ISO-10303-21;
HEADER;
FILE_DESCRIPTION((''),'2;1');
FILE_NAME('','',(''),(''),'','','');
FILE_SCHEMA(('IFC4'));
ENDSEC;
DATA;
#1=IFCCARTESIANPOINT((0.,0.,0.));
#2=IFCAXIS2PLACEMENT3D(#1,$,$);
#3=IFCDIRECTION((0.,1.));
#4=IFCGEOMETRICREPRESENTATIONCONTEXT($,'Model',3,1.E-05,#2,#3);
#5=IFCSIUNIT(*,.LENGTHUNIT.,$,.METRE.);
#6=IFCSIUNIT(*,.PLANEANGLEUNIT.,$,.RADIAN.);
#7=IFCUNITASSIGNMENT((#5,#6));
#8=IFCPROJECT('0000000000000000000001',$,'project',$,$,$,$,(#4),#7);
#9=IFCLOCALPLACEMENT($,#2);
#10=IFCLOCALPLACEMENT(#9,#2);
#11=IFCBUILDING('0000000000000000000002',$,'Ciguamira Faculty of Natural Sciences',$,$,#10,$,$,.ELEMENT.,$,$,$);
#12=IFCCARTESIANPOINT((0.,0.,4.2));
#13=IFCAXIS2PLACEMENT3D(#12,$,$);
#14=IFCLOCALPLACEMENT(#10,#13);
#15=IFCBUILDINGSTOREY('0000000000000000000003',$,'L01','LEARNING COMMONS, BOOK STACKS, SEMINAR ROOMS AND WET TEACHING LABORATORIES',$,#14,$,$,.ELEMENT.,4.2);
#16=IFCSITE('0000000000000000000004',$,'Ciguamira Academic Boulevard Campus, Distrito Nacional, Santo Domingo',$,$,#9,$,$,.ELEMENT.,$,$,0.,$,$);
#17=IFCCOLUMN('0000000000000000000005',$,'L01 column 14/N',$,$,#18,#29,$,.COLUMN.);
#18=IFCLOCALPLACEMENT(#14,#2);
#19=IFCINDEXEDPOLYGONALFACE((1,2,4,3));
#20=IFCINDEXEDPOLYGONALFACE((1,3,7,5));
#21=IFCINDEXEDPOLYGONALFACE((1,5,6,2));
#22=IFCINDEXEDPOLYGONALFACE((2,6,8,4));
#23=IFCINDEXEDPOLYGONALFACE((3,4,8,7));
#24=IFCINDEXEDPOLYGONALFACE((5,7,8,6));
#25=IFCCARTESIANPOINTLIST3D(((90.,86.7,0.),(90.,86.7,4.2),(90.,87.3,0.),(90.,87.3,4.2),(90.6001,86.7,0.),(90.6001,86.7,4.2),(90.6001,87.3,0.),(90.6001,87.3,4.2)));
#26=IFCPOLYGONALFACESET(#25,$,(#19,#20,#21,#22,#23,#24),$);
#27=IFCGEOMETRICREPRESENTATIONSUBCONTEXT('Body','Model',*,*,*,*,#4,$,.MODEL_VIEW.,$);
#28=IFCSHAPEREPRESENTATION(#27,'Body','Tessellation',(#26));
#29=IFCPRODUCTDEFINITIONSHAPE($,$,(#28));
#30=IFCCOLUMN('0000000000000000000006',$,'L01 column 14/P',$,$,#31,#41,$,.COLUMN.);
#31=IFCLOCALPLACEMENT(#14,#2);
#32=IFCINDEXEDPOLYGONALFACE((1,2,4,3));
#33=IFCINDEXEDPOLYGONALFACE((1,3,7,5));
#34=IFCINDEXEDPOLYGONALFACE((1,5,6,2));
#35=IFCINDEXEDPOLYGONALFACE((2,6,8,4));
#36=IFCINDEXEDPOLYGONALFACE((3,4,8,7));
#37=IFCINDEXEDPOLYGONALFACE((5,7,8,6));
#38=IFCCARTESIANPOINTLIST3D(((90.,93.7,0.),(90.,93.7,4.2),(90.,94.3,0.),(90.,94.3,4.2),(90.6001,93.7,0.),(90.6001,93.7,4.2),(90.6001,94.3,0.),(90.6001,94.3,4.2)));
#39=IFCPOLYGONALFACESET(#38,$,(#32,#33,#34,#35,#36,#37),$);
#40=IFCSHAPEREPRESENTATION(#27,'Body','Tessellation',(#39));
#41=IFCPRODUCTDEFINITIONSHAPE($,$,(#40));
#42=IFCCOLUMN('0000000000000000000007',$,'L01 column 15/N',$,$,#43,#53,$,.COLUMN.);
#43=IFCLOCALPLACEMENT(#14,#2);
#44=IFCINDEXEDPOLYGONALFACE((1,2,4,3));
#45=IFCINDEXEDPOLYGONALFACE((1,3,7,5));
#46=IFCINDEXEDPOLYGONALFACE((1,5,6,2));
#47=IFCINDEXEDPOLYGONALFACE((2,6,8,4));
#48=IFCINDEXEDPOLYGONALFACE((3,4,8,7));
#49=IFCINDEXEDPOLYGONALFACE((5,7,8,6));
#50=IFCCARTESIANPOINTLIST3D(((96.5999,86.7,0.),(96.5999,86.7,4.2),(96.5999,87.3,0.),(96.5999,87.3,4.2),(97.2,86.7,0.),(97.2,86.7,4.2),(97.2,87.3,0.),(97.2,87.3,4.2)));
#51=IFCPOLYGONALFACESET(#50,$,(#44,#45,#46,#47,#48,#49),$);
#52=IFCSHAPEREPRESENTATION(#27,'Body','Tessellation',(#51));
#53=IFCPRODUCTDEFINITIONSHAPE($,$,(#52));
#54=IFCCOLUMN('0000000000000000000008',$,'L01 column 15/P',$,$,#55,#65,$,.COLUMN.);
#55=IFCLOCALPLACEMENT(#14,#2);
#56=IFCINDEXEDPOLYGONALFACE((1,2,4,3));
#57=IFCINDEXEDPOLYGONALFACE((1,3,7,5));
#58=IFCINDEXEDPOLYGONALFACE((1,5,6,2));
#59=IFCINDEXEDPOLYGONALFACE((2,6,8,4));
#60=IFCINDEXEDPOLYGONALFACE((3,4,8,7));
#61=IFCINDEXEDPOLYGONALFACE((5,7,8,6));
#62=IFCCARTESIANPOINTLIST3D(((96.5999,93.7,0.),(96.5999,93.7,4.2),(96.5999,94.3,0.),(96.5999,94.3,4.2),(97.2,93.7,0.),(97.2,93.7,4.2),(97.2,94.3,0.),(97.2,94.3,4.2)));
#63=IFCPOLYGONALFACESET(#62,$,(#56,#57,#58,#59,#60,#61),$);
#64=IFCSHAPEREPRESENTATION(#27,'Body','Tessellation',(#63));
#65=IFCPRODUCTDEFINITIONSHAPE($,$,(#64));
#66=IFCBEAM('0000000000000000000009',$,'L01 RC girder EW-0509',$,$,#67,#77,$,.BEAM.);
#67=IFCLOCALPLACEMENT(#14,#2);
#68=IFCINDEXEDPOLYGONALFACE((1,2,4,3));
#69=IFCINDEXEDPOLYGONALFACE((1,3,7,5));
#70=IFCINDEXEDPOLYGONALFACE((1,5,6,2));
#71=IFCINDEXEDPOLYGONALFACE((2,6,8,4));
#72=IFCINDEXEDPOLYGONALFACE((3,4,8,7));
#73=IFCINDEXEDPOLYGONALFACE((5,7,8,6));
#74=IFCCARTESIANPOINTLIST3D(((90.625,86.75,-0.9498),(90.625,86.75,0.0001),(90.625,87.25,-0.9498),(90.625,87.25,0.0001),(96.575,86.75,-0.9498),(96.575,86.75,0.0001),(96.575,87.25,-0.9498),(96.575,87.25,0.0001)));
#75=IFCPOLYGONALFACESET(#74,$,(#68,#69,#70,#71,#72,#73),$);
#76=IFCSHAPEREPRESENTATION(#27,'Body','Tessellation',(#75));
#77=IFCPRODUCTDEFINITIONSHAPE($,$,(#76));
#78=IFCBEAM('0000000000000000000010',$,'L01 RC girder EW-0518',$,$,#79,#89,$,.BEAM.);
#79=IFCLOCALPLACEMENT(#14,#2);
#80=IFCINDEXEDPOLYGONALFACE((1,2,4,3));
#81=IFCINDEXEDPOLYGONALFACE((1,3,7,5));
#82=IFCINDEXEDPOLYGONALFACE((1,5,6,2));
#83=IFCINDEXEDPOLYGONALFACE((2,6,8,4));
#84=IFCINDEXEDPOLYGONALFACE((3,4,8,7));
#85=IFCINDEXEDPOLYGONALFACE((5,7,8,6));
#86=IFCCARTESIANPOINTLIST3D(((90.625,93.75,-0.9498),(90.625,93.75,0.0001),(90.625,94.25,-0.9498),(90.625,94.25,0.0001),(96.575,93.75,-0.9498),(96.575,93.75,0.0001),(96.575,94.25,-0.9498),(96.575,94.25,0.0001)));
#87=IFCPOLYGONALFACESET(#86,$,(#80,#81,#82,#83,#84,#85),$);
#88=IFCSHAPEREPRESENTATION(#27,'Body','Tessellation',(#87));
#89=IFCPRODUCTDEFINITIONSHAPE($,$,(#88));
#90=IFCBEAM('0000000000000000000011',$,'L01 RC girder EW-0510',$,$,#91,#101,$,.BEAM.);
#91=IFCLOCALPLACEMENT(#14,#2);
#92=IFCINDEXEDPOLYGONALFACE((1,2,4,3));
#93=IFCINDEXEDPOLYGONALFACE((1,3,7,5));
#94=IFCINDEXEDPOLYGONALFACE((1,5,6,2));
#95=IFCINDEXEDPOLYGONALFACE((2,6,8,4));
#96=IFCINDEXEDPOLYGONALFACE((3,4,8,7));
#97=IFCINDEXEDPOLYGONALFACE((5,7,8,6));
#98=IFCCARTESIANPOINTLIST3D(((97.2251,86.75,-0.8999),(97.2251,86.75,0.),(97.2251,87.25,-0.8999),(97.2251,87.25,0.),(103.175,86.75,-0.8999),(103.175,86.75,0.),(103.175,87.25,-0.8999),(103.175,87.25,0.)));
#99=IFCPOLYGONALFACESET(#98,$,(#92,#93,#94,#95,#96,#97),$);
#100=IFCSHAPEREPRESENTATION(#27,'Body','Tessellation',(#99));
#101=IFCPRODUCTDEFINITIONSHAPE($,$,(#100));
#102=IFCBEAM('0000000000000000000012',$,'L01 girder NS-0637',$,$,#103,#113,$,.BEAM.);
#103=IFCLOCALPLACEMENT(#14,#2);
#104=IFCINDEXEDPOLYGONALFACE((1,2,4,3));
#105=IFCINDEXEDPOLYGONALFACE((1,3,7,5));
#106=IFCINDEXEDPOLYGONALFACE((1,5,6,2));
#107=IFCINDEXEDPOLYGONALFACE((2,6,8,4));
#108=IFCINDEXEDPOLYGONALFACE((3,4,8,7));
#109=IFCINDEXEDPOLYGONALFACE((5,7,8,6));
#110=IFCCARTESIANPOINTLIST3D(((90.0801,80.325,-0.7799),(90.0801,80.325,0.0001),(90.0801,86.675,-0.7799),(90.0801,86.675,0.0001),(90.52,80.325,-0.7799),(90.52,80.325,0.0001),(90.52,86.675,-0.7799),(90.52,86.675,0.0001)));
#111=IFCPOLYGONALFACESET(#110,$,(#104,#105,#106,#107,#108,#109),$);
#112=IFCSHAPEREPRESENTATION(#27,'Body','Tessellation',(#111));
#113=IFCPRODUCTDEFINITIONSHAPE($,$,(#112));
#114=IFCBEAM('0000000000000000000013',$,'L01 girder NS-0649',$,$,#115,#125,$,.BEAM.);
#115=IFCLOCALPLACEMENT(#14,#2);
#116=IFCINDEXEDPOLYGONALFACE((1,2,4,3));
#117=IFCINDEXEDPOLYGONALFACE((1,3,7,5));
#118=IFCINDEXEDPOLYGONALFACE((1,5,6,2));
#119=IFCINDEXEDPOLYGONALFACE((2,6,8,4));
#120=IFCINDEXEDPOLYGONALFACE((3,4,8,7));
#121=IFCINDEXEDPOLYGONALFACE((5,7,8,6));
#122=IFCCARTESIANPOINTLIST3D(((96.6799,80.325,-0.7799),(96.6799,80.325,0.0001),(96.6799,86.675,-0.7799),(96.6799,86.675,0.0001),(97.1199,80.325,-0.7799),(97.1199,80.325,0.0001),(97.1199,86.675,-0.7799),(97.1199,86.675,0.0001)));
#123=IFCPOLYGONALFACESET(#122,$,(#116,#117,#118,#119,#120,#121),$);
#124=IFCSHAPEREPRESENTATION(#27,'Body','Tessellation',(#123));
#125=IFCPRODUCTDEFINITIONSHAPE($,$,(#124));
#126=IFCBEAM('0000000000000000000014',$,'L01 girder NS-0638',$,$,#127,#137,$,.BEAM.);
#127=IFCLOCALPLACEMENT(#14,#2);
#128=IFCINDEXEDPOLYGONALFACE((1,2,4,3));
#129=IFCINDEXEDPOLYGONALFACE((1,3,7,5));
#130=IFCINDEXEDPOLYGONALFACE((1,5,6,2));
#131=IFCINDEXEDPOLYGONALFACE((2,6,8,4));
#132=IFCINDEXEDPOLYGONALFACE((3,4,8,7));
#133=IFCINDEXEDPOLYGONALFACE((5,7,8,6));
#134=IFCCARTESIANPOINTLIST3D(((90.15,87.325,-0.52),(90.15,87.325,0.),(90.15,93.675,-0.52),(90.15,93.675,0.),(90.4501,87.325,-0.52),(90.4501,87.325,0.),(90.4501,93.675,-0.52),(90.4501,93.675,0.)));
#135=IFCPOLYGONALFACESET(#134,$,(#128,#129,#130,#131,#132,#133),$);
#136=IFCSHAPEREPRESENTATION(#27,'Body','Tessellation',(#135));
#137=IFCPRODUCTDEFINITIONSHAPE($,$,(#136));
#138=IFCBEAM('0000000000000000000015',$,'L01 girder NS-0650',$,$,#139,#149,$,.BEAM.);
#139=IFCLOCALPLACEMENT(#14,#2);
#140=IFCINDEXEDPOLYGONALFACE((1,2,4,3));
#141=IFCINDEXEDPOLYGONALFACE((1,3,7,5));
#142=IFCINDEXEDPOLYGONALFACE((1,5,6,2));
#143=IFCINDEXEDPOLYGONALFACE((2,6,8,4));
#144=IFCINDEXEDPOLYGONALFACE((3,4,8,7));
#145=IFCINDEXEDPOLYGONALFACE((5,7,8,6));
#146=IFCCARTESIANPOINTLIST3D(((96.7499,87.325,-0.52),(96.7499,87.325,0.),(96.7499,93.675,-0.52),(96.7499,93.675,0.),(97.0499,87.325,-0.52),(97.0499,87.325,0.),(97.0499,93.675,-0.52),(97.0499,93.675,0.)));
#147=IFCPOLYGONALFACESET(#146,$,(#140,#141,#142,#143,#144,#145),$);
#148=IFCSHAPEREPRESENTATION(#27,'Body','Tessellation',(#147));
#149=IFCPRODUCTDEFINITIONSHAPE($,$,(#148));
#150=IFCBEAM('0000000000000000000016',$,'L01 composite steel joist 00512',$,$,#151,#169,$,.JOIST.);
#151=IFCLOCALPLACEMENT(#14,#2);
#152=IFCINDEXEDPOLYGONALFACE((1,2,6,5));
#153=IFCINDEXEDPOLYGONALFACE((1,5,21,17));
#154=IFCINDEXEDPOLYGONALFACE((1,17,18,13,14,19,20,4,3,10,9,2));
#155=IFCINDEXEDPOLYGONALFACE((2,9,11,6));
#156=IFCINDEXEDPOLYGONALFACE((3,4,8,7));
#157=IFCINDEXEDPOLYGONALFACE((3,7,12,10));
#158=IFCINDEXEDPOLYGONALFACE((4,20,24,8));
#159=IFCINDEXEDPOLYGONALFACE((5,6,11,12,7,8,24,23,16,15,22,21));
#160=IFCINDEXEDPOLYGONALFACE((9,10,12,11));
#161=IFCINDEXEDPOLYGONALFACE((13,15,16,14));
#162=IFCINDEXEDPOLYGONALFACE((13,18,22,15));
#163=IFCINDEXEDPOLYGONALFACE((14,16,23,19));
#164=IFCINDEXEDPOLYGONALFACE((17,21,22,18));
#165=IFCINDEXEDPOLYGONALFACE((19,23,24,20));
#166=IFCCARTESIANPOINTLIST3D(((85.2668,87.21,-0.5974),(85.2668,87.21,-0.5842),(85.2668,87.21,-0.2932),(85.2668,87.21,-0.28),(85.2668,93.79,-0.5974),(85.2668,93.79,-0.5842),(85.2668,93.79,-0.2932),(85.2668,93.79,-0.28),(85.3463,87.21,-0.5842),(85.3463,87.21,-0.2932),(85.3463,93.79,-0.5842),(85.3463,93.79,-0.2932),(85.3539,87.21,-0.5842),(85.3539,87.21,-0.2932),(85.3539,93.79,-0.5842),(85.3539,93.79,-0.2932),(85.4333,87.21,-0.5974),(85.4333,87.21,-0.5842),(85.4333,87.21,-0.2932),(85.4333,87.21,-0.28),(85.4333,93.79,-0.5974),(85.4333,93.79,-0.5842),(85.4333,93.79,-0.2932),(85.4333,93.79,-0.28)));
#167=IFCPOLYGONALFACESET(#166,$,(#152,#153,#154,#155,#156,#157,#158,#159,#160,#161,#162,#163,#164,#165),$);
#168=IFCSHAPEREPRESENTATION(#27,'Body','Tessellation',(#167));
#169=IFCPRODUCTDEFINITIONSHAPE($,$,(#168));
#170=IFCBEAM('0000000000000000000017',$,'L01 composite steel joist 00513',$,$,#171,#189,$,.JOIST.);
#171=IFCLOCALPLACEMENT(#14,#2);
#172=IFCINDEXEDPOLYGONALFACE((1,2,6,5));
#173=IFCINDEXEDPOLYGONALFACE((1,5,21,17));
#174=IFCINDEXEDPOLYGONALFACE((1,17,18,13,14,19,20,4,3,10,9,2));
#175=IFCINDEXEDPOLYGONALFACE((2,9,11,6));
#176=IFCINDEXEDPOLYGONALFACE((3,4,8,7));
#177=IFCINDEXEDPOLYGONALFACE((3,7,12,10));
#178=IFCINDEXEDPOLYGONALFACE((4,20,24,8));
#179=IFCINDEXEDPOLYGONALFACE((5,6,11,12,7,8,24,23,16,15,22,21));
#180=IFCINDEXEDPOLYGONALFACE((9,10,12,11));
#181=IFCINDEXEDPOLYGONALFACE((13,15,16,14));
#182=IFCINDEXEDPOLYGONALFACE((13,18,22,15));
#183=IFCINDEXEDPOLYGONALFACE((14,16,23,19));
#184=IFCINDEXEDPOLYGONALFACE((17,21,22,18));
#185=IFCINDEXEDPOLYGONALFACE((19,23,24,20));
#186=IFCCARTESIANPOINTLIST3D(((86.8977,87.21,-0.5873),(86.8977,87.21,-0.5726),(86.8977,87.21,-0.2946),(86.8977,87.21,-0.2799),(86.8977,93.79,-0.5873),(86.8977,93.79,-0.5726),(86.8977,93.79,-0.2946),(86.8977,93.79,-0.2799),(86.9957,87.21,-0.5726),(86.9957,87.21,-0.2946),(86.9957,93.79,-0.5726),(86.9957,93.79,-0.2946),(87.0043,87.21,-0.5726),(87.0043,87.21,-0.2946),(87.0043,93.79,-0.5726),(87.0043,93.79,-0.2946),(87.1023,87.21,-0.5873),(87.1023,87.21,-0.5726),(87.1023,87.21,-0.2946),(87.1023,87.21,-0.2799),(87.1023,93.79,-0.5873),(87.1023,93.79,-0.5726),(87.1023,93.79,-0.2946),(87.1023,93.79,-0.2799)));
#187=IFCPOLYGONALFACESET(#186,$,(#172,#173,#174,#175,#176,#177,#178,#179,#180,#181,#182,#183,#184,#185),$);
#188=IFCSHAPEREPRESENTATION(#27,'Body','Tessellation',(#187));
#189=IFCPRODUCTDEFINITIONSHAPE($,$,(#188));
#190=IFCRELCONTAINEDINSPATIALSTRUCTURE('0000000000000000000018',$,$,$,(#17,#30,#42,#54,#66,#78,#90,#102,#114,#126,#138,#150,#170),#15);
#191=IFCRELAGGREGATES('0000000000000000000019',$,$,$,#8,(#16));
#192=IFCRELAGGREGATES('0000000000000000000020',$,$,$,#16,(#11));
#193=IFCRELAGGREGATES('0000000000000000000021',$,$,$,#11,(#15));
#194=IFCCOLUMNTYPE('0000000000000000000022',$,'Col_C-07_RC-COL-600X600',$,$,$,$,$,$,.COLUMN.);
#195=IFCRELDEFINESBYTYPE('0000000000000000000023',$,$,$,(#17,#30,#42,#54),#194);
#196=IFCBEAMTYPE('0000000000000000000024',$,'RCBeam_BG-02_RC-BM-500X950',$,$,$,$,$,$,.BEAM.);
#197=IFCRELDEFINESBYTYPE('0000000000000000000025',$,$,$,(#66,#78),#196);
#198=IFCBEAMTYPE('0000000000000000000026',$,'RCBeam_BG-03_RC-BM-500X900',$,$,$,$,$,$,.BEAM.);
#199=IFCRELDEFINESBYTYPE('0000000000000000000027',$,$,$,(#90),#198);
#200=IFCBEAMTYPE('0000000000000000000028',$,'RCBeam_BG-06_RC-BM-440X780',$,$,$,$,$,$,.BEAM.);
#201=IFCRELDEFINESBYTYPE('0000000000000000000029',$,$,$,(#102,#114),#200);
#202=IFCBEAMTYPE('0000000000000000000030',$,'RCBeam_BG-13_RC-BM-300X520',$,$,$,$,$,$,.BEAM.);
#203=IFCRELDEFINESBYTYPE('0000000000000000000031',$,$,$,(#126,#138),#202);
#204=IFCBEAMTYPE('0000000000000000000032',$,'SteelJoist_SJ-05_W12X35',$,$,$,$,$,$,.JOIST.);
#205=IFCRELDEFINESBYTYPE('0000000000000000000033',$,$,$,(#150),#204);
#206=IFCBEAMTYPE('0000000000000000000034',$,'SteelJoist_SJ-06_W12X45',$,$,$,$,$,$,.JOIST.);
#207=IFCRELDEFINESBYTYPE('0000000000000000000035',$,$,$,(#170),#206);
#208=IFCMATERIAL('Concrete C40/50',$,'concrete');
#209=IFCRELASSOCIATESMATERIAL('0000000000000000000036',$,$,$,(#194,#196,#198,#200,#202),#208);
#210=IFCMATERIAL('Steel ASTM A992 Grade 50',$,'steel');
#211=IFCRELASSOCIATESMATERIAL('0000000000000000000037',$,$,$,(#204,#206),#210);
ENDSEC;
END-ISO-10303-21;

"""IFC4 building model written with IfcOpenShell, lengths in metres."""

from ifc_helpers import new_model, si_unit, direction, frame, origin, origin_2d, place, context, subcontext, project, spatial, rectangle, i_section, extrude, material, material_profile, profile_set, type_object, element, save


model = new_model("IFC4")

# Units and contexts
model_context = context("Model", 3, precision=1e-05, world=origin(), true_north=direction((0.0, 1.0)))
body_context = subcontext(model_context, "Body", "Model", "MODEL_VIEW")
ifc_project = project(units=[si_unit("LENGTHUNIT", "METRE"), si_unit("PLANEANGLEUNIT", "RADIAN")], contexts=[model_context])

# Site, building, storey
site_placement = place(None, origin())
site = spatial("IfcSite", under=ifc_project, at=site_placement, Name="Ciguamira Academic Boulevard Campus, Distrito Nacional, Santo Domingo", CompositionType="ELEMENT", RefElevation=0.0)
building_placement = place(site_placement, origin())
building = spatial("IfcBuilding", under=site, at=building_placement, Name="Ciguamira Faculty of Natural Sciences", CompositionType="ELEMENT")
storey_placement = place(building_placement, frame((0.0, 0.0, 4.2)))
storey = spatial("IfcBuildingStorey", under=building, at=storey_placement, Name="L01", Description="LEARNING COMMONS, BOOK STACKS, SEMINAR ROOMS AND WET TEACHING LABORATORIES", CompositionType="ELEMENT", Elevation=4.2)

# Columns
ifc_material_1 = material(Name="Concrete C40/50", Category="concrete")
ifc_material_profile_1 = material_profile(ifc_material_1, rectangle(XDim=0.6001, YDim=0.6001, at=origin_2d()), Name="RC-COL-600X600")
ifc_profile_set_1 = profile_set([ifc_material_profile_1], Name="Concrete C40/50")
column_type = type_object("IfcColumnType", Name="Col_C-07_RC-COL-600X600", PredefinedType="COLUMN", material=ifc_profile_set_1)
for number, where, z_axis, x_axis, name in (
    (1, (90.3, 87.0, 0.0), (0.0, 0.0, 1.0), (1.0, 0.0, 0.0), "L01 column 14/N"),
    (2, (90.3, 94.0, 0.0), (0.0, 0.0, 1.0), (1.0, 0.0, 0.0), "L01 column 14/P"),
    (3, (96.8999, 87.0, 0.0), (0.0, 0.0, 1.0), (1.0, 0.0, 0.0), "L01 column 15/N"),
    (4, (96.8999, 94.0, 0.0), (0.0, 0.0, 1.0), (1.0, 0.0, 0.0), "L01 column 15/P"),
):
    element("IfcColumn", number, at=place(storey_placement, frame(where, z_axis=z_axis, x_axis=x_axis)), inside=storey, type_object=column_type, Name=name, PredefinedType="COLUMN", context=body_context, shape_type="SweptSolid", body=[
        extrude(rectangle(XDim=0.6001, YDim=0.6001, at=origin_2d()), origin(), (0.0, 0.0, 1.0), 4.2),
    ])

# Beams
ifc_material_profile_2 = material_profile(ifc_material_1, rectangle(XDim=0.5, YDim=0.95, at=origin_2d()), Name="RC-BM-500X950")
ifc_profile_set_2 = profile_set([ifc_material_profile_2], Name="Concrete C40/50")
beam_type_1 = type_object("IfcBeamType", Name="RCBeam_BG-02_RC-BM-500X950", PredefinedType="BEAM", material=ifc_profile_set_2)
for number, where, z_axis, x_axis, name in (
    (5, (90.625, 87.0, -0.4749), (1.0, 0.0, 0.0), (0.0, 1.0, 0.0), "L01 RC girder EW-0509"),
    (6, (90.625, 94.0, -0.4749), (1.0, 0.0, 0.0), (0.0, 1.0, 0.0), "L01 RC girder EW-0518"),
):
    element("IfcBeam", number, at=place(storey_placement, frame(where, z_axis=z_axis, x_axis=x_axis)), inside=storey, type_object=beam_type_1, Name=name, PredefinedType="BEAM", context=body_context, shape_type="SweptSolid", body=[
        extrude(rectangle(XDim=0.5, YDim=0.95, at=origin_2d()), origin(), (0.0, 0.0, 1.0), 5.95),
    ])
ifc_material_profile_3 = material_profile(ifc_material_1, rectangle(XDim=0.5, YDim=0.8999, at=origin_2d()), Name="RC-BM-500X900")
ifc_profile_set_3 = profile_set([ifc_material_profile_3], Name="Concrete C40/50")
beam_type_2 = type_object("IfcBeamType", Name="RCBeam_BG-03_RC-BM-500X900", PredefinedType="BEAM", material=ifc_profile_set_3)
beam_1_placement = place(storey_placement, frame((97.2251, 87.0, -0.45), z_axis=(1.0, 0.0, 0.0), x_axis=(0.0, 1.0, 0.0)))
element("IfcBeam", 7, at=beam_1_placement, inside=storey, type_object=beam_type_2, Name="L01 RC girder EW-0510", PredefinedType="BEAM", context=body_context, shape_type="SweptSolid", body=[
    extrude(rectangle(XDim=0.5, YDim=0.8999, at=origin_2d()), origin(), (0.0, 0.0, 1.0), 5.95),
])
ifc_material_profile_4 = material_profile(ifc_material_1, rectangle(XDim=0.4399, YDim=0.78, at=origin_2d()), Name="RC-BM-440X780")
ifc_profile_set_4 = profile_set([ifc_material_profile_4], Name="Concrete C40/50")
beam_type_3 = type_object("IfcBeamType", Name="RCBeam_BG-06_RC-BM-440X780", PredefinedType="BEAM", material=ifc_profile_set_4)
for number, where, z_axis, x_axis, name in (
    (8, (90.3, 80.325, -0.3899), (0.0, 1.0, 0.0), (-1.0, 0.0, 0.0), "L01 girder NS-0637"),
    (9, (96.8999, 80.325, -0.3899), (0.0, 1.0, 0.0), (-1.0, 0.0, 0.0), "L01 girder NS-0649"),
):
    element("IfcBeam", number, at=place(storey_placement, frame(where, z_axis=z_axis, x_axis=x_axis)), inside=storey, type_object=beam_type_3, Name=name, PredefinedType="BEAM", context=body_context, shape_type="SweptSolid", body=[
        extrude(rectangle(XDim=0.4399, YDim=0.78, at=origin_2d()), origin(), (0.0, 0.0, 1.0), 6.3501),
    ])
ifc_material_profile_5 = material_profile(ifc_material_1, rectangle(XDim=0.3, YDim=0.52, at=origin_2d()), Name="RC-BM-300X520")
ifc_profile_set_5 = profile_set([ifc_material_profile_5], Name="Concrete C40/50")
beam_type_4 = type_object("IfcBeamType", Name="RCBeam_BG-13_RC-BM-300X520", PredefinedType="BEAM", material=ifc_profile_set_5)
for number, where, z_axis, x_axis, name in (
    (10, (90.3, 87.325, -0.26), (0.0, 1.0, 0.0), (-1.0, 0.0, 0.0), "L01 girder NS-0638"),
    (11, (96.8999, 87.325, -0.26), (0.0, 1.0, 0.0), (-1.0, 0.0, 0.0), "L01 girder NS-0650"),
):
    element("IfcBeam", number, at=place(storey_placement, frame(where, z_axis=z_axis, x_axis=x_axis)), inside=storey, type_object=beam_type_4, Name=name, PredefinedType="BEAM", context=body_context, shape_type="SweptSolid", body=[
        extrude(rectangle(XDim=0.3, YDim=0.52, at=origin_2d()), origin(), (0.0, 0.0, 1.0), 6.3501),
    ])
ifc_material_2 = material(Name="Steel ASTM A992 Grade 50", Category="steel")
ifc_material_profile_6 = material_profile(ifc_material_2, i_section(OverallWidth=0.1665, OverallDepth=0.3174, WebThickness=0.0076, FlangeThickness=0.0132, at=origin_2d()), Name="W12X35")
ifc_profile_set_6 = profile_set([ifc_material_profile_6], Name="Steel ASTM A992 Grade 50")
beam_type_5 = type_object("IfcBeamType", Name="SteelJoist_SJ-05_W12X35", PredefinedType="JOIST", material=ifc_profile_set_6)
beam_2_placement = place(storey_placement, frame((85.3501, 87.21, -0.4387), z_axis=(0.0, 1.0, 0.0), x_axis=(-1.0, 0.0, 0.0)))
element("IfcBeam", 12, at=beam_2_placement, inside=storey, type_object=beam_type_5, Name="L01 composite steel joist 00512", PredefinedType="JOIST", context=body_context, shape_type="SweptSolid", body=[
    extrude(i_section(OverallWidth=0.1665, OverallDepth=0.3174, WebThickness=0.0076, FlangeThickness=0.0132, at=origin_2d()), origin(), (0.0, 0.0, 1.0), 6.5801),
])
ifc_material_profile_7 = material_profile(ifc_material_2, i_section(OverallWidth=0.2046, OverallDepth=0.3074, WebThickness=0.0085, FlangeThickness=0.0146, at=origin_2d()), Name="W12X45")
ifc_profile_set_7 = profile_set([ifc_material_profile_7], Name="Steel ASTM A992 Grade 50")
beam_type_6 = type_object("IfcBeamType", Name="SteelJoist_SJ-06_W12X45", PredefinedType="JOIST", material=ifc_profile_set_7)
for number, where, z_axis, x_axis, name in (
    (13, (87.0, 87.21, -0.4336), (0.0, 1.0, 0.0), (-1.0, 0.0, 0.0), "L01 composite steel joist 00513"),
):
    element("IfcBeam", number, at=place(storey_placement, frame(where, z_axis=z_axis, x_axis=x_axis)), inside=storey, type_object=beam_type_6, Name=name, PredefinedType="JOIST", context=body_context, shape_type="SweptSolid", body=[
        extrude(i_section(OverallWidth=0.2046, OverallDepth=0.3074, WebThickness=0.0085, FlangeThickness=0.0146, at=origin_2d()), origin(), (0.0, 0.0, 1.0), 6.5801),
    ])

save(model, "model.ifc")
